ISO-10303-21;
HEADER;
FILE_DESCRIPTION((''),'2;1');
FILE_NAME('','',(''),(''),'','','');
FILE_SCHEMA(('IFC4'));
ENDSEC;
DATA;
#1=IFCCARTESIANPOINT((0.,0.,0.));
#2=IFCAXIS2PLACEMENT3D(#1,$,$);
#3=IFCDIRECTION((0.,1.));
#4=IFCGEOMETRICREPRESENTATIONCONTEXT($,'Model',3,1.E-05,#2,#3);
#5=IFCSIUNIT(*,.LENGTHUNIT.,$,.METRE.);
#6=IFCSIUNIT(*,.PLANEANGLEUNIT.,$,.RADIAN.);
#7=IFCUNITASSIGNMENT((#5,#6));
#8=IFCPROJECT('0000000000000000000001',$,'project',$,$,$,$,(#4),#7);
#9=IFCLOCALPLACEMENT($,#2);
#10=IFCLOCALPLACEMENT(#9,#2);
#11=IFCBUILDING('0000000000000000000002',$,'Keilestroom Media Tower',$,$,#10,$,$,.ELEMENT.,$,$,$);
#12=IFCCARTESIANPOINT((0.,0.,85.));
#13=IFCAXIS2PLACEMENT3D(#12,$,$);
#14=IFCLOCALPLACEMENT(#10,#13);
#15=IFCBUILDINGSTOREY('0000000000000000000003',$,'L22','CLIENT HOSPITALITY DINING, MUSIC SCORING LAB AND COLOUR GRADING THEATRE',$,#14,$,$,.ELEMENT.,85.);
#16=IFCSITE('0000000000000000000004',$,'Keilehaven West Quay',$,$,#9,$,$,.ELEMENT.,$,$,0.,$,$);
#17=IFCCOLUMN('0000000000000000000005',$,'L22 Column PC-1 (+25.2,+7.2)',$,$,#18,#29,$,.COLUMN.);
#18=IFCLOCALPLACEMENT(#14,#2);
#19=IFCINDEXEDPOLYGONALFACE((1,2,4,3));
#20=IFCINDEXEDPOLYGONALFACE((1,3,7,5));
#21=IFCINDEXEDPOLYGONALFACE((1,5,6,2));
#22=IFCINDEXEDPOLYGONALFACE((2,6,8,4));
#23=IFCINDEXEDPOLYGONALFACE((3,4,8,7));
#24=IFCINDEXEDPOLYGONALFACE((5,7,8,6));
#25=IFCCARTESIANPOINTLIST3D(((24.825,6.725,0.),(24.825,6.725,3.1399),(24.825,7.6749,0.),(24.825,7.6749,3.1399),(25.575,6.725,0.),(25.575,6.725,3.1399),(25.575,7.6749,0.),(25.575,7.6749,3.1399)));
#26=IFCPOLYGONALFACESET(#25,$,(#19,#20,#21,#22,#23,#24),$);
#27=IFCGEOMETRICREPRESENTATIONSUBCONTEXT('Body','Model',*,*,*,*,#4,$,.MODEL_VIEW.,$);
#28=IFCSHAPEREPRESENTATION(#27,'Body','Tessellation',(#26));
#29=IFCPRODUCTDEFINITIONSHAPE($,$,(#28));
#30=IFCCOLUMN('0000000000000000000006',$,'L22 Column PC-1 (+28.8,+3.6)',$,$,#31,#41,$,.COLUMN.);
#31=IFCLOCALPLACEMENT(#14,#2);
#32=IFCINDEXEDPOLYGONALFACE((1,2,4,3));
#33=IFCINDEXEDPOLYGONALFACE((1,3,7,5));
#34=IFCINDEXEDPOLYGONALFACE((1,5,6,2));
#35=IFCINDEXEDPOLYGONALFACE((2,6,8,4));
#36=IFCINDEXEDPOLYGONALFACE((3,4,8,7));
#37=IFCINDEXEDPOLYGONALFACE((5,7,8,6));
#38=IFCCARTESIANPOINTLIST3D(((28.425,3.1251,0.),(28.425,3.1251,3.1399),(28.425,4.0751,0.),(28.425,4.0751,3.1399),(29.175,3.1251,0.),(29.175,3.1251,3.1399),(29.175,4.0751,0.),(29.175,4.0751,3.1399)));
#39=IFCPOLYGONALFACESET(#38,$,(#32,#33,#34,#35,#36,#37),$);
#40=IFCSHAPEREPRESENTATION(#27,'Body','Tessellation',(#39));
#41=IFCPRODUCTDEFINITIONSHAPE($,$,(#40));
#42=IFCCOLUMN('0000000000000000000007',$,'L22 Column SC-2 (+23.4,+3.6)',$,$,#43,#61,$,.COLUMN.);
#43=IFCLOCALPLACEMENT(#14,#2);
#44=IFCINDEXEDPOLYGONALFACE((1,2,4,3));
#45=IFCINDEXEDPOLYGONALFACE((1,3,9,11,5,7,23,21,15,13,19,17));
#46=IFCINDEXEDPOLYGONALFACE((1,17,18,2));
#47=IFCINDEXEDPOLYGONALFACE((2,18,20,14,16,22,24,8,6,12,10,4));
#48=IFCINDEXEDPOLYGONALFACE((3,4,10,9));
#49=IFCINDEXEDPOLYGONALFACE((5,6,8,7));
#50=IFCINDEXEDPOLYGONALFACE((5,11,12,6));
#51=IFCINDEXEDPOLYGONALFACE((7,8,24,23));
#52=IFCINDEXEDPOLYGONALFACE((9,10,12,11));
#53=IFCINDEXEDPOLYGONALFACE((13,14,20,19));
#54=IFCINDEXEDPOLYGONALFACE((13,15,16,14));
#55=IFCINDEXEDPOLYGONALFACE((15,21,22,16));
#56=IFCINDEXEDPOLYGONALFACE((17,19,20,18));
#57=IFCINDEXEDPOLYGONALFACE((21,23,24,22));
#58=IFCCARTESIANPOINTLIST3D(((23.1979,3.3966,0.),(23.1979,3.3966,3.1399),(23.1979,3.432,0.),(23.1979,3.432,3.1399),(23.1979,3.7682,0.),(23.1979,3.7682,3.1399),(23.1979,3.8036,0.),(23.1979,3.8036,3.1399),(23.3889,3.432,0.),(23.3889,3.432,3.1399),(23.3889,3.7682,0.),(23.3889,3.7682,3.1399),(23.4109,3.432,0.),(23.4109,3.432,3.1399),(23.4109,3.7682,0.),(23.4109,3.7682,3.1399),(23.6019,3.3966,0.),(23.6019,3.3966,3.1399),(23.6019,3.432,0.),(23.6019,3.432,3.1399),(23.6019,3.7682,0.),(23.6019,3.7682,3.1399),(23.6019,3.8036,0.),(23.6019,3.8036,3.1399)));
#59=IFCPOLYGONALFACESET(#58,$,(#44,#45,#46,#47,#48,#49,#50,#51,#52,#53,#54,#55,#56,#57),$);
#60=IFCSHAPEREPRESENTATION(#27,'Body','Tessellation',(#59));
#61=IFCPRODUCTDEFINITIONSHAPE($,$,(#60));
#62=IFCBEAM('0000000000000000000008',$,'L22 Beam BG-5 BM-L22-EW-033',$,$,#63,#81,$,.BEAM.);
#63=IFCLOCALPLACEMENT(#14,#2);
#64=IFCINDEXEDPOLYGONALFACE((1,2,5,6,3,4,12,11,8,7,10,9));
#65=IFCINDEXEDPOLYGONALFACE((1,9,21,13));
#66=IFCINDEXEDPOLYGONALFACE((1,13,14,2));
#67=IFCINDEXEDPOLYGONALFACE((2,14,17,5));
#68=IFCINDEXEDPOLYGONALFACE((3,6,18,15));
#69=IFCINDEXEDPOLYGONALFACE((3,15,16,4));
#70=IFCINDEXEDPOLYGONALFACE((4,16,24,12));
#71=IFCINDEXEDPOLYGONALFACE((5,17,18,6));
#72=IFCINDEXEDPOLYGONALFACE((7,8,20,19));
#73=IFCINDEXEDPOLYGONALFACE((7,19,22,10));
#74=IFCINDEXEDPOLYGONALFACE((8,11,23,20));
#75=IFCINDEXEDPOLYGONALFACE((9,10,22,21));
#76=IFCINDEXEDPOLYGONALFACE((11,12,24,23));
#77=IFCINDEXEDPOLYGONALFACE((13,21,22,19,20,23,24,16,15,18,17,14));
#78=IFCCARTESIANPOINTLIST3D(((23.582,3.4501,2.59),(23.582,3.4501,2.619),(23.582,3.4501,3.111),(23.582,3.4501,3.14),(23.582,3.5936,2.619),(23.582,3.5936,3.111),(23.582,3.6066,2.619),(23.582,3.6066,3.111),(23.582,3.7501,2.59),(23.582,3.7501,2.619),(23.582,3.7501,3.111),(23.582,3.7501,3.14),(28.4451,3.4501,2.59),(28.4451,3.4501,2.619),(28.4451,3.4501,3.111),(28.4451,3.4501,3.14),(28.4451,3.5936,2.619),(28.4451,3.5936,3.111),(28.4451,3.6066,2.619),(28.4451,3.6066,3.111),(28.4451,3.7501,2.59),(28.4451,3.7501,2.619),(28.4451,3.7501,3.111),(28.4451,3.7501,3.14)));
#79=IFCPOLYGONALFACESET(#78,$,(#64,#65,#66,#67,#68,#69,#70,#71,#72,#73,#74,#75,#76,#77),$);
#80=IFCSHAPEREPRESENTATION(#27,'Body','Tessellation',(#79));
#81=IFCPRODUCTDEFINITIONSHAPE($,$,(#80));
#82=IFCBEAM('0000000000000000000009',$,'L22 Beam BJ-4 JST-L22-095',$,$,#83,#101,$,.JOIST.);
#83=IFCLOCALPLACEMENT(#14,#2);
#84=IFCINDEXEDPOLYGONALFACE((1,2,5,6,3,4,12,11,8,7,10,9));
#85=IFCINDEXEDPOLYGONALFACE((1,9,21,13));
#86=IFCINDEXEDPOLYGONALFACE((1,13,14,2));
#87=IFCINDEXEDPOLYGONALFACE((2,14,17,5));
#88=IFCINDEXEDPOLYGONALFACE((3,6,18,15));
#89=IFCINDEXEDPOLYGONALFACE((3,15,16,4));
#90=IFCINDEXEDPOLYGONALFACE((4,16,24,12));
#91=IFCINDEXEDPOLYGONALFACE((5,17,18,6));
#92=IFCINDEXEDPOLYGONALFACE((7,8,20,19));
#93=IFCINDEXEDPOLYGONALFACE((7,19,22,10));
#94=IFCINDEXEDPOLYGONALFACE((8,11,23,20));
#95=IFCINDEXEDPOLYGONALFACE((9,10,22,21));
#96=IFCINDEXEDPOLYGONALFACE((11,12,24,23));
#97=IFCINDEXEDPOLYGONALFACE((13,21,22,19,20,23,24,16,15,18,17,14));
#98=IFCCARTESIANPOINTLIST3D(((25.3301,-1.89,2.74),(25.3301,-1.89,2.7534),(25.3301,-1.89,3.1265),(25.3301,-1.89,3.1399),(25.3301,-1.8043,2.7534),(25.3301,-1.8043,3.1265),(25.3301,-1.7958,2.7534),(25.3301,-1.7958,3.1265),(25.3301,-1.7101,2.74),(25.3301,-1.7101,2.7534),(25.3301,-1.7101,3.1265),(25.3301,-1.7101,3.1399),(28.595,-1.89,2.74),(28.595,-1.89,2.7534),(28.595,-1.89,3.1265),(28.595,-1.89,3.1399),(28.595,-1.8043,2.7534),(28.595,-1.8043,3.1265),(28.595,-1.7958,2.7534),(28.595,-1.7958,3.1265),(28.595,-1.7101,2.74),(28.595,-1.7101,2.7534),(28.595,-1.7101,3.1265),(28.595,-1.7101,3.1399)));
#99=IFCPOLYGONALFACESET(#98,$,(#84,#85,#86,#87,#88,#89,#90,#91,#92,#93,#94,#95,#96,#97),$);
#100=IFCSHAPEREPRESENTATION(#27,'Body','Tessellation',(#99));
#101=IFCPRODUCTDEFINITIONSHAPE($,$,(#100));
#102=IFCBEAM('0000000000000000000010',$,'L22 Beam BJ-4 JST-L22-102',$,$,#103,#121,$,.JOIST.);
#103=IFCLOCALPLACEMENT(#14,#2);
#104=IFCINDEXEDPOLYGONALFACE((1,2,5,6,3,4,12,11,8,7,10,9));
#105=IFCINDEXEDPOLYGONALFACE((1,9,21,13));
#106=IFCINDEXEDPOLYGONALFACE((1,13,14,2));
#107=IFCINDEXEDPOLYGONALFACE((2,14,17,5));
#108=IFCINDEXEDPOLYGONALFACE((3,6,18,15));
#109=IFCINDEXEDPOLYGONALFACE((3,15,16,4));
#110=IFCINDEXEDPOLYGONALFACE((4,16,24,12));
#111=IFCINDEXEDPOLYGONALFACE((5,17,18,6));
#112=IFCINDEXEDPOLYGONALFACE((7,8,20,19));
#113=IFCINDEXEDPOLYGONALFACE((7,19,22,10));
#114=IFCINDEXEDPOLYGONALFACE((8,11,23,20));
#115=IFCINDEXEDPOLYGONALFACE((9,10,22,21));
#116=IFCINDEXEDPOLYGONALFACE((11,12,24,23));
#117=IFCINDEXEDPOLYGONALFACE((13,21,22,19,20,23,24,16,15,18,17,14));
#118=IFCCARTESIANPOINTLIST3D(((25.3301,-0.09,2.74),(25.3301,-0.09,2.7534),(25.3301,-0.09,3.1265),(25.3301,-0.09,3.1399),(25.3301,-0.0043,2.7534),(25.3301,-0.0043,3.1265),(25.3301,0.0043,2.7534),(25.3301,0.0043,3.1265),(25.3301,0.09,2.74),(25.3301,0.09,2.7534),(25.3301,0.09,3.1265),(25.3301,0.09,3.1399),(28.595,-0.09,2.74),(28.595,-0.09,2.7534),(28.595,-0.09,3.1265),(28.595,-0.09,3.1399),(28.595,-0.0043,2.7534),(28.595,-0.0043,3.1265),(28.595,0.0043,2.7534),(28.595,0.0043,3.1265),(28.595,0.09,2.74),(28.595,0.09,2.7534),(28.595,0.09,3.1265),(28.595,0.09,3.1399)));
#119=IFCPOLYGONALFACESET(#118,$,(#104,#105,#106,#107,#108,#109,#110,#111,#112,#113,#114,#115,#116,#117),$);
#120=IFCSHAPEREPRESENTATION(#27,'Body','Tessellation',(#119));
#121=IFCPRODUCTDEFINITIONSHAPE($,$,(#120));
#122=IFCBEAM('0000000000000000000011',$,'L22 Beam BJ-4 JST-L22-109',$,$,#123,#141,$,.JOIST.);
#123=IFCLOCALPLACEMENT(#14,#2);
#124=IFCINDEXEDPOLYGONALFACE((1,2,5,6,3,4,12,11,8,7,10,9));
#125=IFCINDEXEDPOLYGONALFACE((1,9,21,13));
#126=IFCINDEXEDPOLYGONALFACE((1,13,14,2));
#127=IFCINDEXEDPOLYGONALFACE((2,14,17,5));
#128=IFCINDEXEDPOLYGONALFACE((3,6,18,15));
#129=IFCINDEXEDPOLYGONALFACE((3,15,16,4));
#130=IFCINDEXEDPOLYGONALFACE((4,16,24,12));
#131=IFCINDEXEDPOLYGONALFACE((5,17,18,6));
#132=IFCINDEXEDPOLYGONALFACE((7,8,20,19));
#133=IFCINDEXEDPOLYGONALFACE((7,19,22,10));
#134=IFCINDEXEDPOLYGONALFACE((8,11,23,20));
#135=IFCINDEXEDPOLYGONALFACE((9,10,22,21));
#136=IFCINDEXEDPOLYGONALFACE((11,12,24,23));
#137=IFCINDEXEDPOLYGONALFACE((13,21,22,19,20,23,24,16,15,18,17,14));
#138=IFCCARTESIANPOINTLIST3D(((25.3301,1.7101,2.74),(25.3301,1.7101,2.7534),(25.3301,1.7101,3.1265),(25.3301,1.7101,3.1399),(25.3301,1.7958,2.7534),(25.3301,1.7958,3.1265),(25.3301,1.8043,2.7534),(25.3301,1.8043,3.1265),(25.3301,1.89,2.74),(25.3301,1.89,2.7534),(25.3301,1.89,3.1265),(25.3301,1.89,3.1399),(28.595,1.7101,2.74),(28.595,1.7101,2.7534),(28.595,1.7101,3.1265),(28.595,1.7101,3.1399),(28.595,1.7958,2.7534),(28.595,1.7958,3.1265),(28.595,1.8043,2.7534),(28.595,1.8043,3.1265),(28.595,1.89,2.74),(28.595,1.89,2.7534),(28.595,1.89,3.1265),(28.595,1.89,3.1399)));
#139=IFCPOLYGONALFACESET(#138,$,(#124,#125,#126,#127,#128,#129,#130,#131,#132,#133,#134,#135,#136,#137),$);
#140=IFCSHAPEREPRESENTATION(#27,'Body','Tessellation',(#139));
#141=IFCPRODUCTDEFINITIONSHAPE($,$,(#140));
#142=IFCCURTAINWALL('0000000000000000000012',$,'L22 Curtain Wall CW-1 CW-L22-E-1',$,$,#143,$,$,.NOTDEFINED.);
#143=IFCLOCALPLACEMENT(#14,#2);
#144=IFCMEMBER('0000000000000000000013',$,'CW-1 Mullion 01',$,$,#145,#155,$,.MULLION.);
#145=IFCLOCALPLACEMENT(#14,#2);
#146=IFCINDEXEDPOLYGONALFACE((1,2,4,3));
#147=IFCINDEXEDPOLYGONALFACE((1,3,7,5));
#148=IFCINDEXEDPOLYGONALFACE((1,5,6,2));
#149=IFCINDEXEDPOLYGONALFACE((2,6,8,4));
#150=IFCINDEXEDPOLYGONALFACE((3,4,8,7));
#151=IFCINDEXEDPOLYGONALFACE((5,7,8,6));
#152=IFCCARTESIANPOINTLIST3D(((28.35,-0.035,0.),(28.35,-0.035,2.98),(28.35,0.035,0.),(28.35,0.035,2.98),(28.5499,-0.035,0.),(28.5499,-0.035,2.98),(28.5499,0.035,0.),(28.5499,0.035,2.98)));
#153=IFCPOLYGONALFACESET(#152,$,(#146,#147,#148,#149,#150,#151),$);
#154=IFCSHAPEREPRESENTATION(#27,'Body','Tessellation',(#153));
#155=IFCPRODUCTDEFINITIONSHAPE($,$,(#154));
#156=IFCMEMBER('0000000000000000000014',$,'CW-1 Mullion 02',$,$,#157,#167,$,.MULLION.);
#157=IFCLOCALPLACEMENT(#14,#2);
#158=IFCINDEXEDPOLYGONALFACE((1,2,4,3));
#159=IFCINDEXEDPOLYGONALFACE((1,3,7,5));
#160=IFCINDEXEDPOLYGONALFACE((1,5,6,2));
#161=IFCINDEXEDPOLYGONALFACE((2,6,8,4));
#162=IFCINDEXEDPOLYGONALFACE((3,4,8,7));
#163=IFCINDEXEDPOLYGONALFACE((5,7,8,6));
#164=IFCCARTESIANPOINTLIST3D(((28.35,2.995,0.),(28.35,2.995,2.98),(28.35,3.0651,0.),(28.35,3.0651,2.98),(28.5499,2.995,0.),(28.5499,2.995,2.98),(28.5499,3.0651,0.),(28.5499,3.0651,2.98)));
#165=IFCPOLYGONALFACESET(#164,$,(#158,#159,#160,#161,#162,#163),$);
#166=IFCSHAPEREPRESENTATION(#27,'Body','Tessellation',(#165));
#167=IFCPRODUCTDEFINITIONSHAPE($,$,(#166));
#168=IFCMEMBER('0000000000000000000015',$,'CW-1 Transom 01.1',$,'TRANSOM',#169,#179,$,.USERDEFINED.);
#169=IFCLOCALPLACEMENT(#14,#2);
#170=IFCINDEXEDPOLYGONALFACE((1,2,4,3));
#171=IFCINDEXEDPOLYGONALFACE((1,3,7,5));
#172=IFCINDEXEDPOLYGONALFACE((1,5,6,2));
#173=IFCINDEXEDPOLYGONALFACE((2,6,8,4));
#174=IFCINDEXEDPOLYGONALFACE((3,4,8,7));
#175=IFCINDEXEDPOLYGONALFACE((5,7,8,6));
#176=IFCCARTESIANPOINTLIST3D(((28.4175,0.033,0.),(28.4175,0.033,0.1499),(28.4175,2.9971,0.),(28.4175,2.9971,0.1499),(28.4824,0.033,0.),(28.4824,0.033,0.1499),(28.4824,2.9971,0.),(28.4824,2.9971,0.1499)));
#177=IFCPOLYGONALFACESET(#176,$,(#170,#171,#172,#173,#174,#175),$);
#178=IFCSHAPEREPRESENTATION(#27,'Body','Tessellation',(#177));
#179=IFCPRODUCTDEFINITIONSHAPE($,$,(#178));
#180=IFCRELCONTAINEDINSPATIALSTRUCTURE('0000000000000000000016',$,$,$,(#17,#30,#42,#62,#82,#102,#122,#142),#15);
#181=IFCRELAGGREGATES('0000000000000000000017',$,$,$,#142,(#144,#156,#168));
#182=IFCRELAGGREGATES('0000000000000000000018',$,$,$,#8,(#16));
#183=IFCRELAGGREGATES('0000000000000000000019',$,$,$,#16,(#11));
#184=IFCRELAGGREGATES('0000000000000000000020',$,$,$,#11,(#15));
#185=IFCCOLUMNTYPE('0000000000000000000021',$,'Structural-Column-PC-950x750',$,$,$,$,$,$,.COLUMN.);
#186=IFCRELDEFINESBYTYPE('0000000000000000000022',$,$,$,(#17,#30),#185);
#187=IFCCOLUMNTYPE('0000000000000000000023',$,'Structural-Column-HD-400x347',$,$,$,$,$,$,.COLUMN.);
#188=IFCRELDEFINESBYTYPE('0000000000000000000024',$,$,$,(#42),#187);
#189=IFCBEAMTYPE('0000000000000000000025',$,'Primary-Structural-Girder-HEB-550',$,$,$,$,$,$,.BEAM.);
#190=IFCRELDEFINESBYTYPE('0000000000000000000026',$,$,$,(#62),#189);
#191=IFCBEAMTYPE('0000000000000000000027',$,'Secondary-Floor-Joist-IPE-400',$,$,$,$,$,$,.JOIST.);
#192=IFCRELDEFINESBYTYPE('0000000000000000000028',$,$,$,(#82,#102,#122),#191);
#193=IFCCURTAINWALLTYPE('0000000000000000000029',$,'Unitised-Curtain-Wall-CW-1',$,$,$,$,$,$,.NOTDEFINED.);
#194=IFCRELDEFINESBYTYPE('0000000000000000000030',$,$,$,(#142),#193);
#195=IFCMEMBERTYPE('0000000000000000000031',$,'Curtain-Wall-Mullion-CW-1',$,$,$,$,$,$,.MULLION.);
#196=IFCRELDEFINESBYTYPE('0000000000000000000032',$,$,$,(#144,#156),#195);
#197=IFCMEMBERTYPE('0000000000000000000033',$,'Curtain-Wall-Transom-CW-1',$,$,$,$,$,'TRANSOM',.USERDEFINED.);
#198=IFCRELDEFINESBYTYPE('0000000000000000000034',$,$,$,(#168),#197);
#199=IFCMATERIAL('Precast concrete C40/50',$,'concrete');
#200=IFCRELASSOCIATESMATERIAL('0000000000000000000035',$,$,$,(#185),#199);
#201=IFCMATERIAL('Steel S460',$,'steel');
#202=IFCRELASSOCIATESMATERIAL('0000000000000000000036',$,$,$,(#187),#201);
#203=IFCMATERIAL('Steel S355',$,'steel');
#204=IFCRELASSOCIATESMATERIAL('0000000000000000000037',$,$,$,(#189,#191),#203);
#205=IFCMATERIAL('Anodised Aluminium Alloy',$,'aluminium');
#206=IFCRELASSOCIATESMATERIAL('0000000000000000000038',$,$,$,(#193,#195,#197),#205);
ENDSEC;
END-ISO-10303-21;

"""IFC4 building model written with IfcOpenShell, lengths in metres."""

from ifc_helpers import new_model, si_unit, direction, frame, origin, origin_2d, place, context, subcontext, project, spatial, rectangle, i_section, extrude, source, transform, mapped, material, material_profile, profile_set, type_object, element, aggregate, save


model = new_model("IFC4")

# Units and contexts
model_context = context("Model", 3, precision=1e-05, world=origin(), true_north=direction((0.0, 1.0)))
body_context = subcontext(model_context, "Body", "Model", "MODEL_VIEW")
ifc_project = project(units=[si_unit("LENGTHUNIT", "METRE"), si_unit("PLANEANGLEUNIT", "RADIAN")], contexts=[model_context])

# Site, building, storey
site_placement = place(None, origin())
site = spatial("IfcSite", under=ifc_project, at=site_placement, Name="Keilehaven West Quay", CompositionType="ELEMENT", RefElevation=0.0)
building_placement = place(site_placement, origin())
building = spatial("IfcBuilding", under=site, at=building_placement, Name="Keilestroom Media Tower", CompositionType="ELEMENT")
storey_placement = place(building_placement, frame((0.0, 0.0, 85.0)))
storey = spatial("IfcBuildingStorey", under=building, at=storey_placement, Name="L22", Description="CLIENT HOSPITALITY DINING, MUSIC SCORING LAB AND COLOUR GRADING THEATRE", CompositionType="ELEMENT", Elevation=85.0)

# Columns
ifc_material_1 = material(Name="Precast concrete C40/50", Category="concrete")
ifc_material_profile_1 = material_profile(ifc_material_1, rectangle(XDim=0.75, YDim=0.95, at=origin_2d()), Name="PC 950x750")
ifc_profile_set_1 = profile_set([ifc_material_profile_1], Name="Precast concrete C40/50")
column_type_1 = type_object("IfcColumnType", Name="Structural-Column-PC-950x750", PredefinedType="COLUMN", material=ifc_profile_set_1)
shared_shape_1 = source(origin(), body_context, "Body", "SweptSolid", [
    extrude(rectangle(XDim=0.75, YDim=0.95, at=origin_2d()), origin(), (0.0, 0.0, 1.0), 3.1399),
])
for number, where, z_axis, x_axis, name in (
    (1, (25.2, 7.2, 0.0), (0.0, 0.0, 1.0), (1.0, 0.0, 0.0), "L22 Column PC-1 (+25.2,+7.2)"),
    (2, (28.8, 3.6001, 0.0), (0.0, 0.0, 1.0), (1.0, 0.0, 0.0), "L22 Column PC-1 (+28.8,+3.6)"),
):
    element("IfcColumn", number, at=place(storey_placement, frame(where, z_axis=z_axis, x_axis=x_axis)), inside=storey, type_object=column_type_1, Name=name, PredefinedType="COLUMN", context=body_context, shape_type="MappedRepresentation", body=[
        mapped(shared_shape_1, transform((0.0, 0.0, 0.0), x_axis=(1.0, 0.0, 0.0), y_axis=(0.0, 1.0, 0.0), z_axis=(0.0, 0.0, 1.0), scale=1.0)),
    ])
ifc_material_2 = material(Name="Steel S460", Category="steel")
ifc_material_profile_2 = material_profile(ifc_material_2, i_section(OverallWidth=0.4041, OverallDepth=0.407, WebThickness=0.022, FlangeThickness=0.0354, at=origin_2d()), Name="HD 400x347")
ifc_profile_set_2 = profile_set([ifc_material_profile_2], Name="Steel S460")
column_type_2 = type_object("IfcColumnType", Name="Structural-Column-HD-400x347", PredefinedType="COLUMN", material=ifc_profile_set_2)
shared_shape_2 = source(origin(), body_context, "Body", "SweptSolid", [
    extrude(i_section(OverallWidth=0.4041, OverallDepth=0.407, WebThickness=0.022, FlangeThickness=0.0354, at=origin_2d()), origin(), (0.0, 0.0, 1.0), 3.1399),
])
column_placement = place(storey_placement, frame((23.3999, 3.6001, 0.0), z_axis=(0.0, 0.0, 1.0), x_axis=(1.0, 0.0, 0.0)))
element("IfcColumn", 3, at=column_placement, inside=storey, type_object=column_type_2, Name="L22 Column SC-2 (+23.4,+3.6)", PredefinedType="COLUMN", context=body_context, shape_type="MappedRepresentation", body=[
    mapped(shared_shape_2, transform((0.0, 0.0, 0.0), x_axis=(1.0, 0.0, 0.0), y_axis=(0.0, 1.0, 0.0), z_axis=(0.0, 0.0, 1.0), scale=1.0)),
])

# Beams
ifc_material_3 = material(Name="Steel S355", Category="steel")
ifc_material_profile_3 = material_profile(ifc_material_3, i_section(OverallWidth=0.3, OverallDepth=0.55, WebThickness=0.0129, FlangeThickness=0.0291, at=origin_2d()), Name="HEB 550")
ifc_profile_set_3 = profile_set([ifc_material_profile_3], Name="Steel S355")
beam_type_1 = type_object("IfcBeamType", Name="Primary-Structural-Girder-HEB-550", PredefinedType="BEAM", material=ifc_profile_set_3)
shared_shape_3 = source(origin(), body_context, "Body", "SweptSolid", [
    extrude(i_section(OverallWidth=0.3, OverallDepth=0.55, WebThickness=0.0129, FlangeThickness=0.0291, at=origin_2d()), origin(), (0.0, 0.0, 1.0), 4.863),
])
beam_placement = place(storey_placement, frame((23.582, 3.6001, 2.865), z_axis=(1.0, 0.0, 0.0), x_axis=(0.0, 1.0, 0.0)))
element("IfcBeam", 4, at=beam_placement, inside=storey, type_object=beam_type_1, Name="L22 Beam BG-5 BM-L22-EW-033", PredefinedType="BEAM", context=body_context, shape_type="MappedRepresentation", body=[
    mapped(shared_shape_3, transform((0.0, 0.0, 0.0), x_axis=(1.0, 0.0, 0.0), y_axis=(0.0, 1.0, 0.0), z_axis=(0.0, 0.0, 1.0), scale=1.0)),
])
ifc_material_profile_4 = material_profile(ifc_material_3, i_section(OverallWidth=0.1799, OverallDepth=0.3999, WebThickness=0.0085, FlangeThickness=0.0134, at=origin_2d()), Name="IPE 400")
ifc_profile_set_4 = profile_set([ifc_material_profile_4], Name="Steel S355")
beam_type_2 = type_object("IfcBeamType", Name="Secondary-Floor-Joist-IPE-400", PredefinedType="JOIST", material=ifc_profile_set_4)
shared_shape_4 = source(origin(), body_context, "Body", "SweptSolid", [
    extrude(i_section(OverallWidth=0.1799, OverallDepth=0.3999, WebThickness=0.0085, FlangeThickness=0.0134, at=origin_2d()), origin(), (0.0, 0.0, 1.0), 3.2649),
])
for number, where, z_axis, x_axis, name in (
    (5, (25.3301, -1.8, 2.9399), (1.0, 0.0, 0.0), (0.0, 1.0, 0.0), "L22 Beam BJ-4 JST-L22-095"),
    (6, (25.3301, 0.0, 2.9399), (1.0, 0.0, 0.0), (0.0, 1.0, 0.0), "L22 Beam BJ-4 JST-L22-102"),
    (7, (25.3301, 1.8, 2.9399), (1.0, 0.0, 0.0), (0.0, 1.0, 0.0), "L22 Beam BJ-4 JST-L22-109"),
):
    element("IfcBeam", number, at=place(storey_placement, frame(where, z_axis=z_axis, x_axis=x_axis)), inside=storey, type_object=beam_type_2, Name=name, PredefinedType="JOIST", context=body_context, shape_type="MappedRepresentation", body=[
        mapped(shared_shape_4, transform((0.0, 0.0, 0.0), x_axis=(1.0, 0.0, 0.0), y_axis=(0.0, 1.0, 0.0), z_axis=(0.0, 0.0, 1.0), scale=1.0)),
    ])

# Curtain wall, members
ifc_material_4 = material(Name="Anodised Aluminium Alloy", Category="aluminium")
curtain_wall_type = type_object("IfcCurtainWallType", Name="Unitised-Curtain-Wall-CW-1", PredefinedType="NOTDEFINED", material=ifc_material_4)
curtain_wall_placement = place(storey_placement, origin())
curtain_wall = element("IfcCurtainWall", 8, at=curtain_wall_placement, inside=storey, type_object=curtain_wall_type, Name="L22 Curtain Wall CW-1 CW-L22-E-1", PredefinedType="NOTDEFINED")
ifc_material_profile_5 = material_profile(ifc_material_4, rectangle(XDim=0.0701, YDim=0.2, at=origin_2d()), Name="ALU MULLION 70x200")
ifc_profile_set_5 = profile_set([ifc_material_profile_5], Name="Anodised Aluminium Alloy")
member_type_1 = type_object("IfcMemberType", Name="Curtain-Wall-Mullion-CW-1", PredefinedType="MULLION", material=ifc_profile_set_5)
shared_shape_5 = source(origin(), body_context, "Body", "SweptSolid", [
    extrude(rectangle(XDim=0.0701, YDim=0.2, at=origin_2d()), origin(), (0.0, 0.0, 1.0), 2.98),
])
member_1_placement = place(storey_placement, frame((28.45, 0.0, 0.0), z_axis=(0.0, 0.0, 1.0), x_axis=(0.0, 1.0, 0.0)))
member_1 = element("IfcMember", 9, at=member_1_placement, type_object=member_type_1, Name="CW-1 Mullion 01", PredefinedType="MULLION", context=body_context, shape_type="MappedRepresentation", body=[
    mapped(shared_shape_5, transform((0.0, 0.0, 0.0), x_axis=(1.0, 0.0, 0.0), y_axis=(0.0, 1.0, 0.0), z_axis=(0.0, 0.0, 1.0), scale=1.0)),
])
member_2_placement = place(storey_placement, frame((28.45, 3.03, 0.0), z_axis=(0.0, 0.0, 1.0), x_axis=(0.0, 1.0, 0.0)))
member_2 = element("IfcMember", 10, at=member_2_placement, type_object=member_type_1, Name="CW-1 Mullion 02", PredefinedType="MULLION", context=body_context, shape_type="MappedRepresentation", body=[
    mapped(shared_shape_5, transform((0.0, 0.0, 0.0), x_axis=(1.0, 0.0, 0.0), y_axis=(0.0, 1.0, 0.0), z_axis=(0.0, 0.0, 1.0), scale=1.0)),
])
ifc_material_profile_6 = material_profile(ifc_material_4, rectangle(XDim=0.0649, YDim=0.1499, at=origin_2d()), Name="ALU TRANSOM 65x150")
ifc_profile_set_6 = profile_set([ifc_material_profile_6], Name="Anodised Aluminium Alloy")
member_type_2 = type_object("IfcMemberType", Name="Curtain-Wall-Transom-CW-1", ElementType="TRANSOM", PredefinedType="USERDEFINED", material=ifc_profile_set_6)
shared_shape_6 = source(origin(), body_context, "Body", "SweptSolid", [
    extrude(rectangle(XDim=0.0649, YDim=0.1499, at=origin_2d()), origin(), (0.0, 0.0, 1.0), 2.9641),
])
member_3_placement = place(storey_placement, frame((28.45, 0.033, 0.075), z_axis=(0.0, 1.0, 0.0), x_axis=(-1.0, 0.0, 0.0)))
member_3 = element("IfcMember", 11, at=member_3_placement, type_object=member_type_2, Name="CW-1 Transom 01.1", ObjectType="TRANSOM", PredefinedType="USERDEFINED", context=body_context, shape_type="MappedRepresentation", body=[
    mapped(shared_shape_6, transform((0.0, 0.0, 0.0), x_axis=(1.0, 0.0, 0.0), y_axis=(0.0, 1.0, 0.0), z_axis=(0.0, 0.0, 1.0), scale=1.0)),
])
aggregate(curtain_wall, [member_1, member_2, member_3])

save(model, "model.ifc")
